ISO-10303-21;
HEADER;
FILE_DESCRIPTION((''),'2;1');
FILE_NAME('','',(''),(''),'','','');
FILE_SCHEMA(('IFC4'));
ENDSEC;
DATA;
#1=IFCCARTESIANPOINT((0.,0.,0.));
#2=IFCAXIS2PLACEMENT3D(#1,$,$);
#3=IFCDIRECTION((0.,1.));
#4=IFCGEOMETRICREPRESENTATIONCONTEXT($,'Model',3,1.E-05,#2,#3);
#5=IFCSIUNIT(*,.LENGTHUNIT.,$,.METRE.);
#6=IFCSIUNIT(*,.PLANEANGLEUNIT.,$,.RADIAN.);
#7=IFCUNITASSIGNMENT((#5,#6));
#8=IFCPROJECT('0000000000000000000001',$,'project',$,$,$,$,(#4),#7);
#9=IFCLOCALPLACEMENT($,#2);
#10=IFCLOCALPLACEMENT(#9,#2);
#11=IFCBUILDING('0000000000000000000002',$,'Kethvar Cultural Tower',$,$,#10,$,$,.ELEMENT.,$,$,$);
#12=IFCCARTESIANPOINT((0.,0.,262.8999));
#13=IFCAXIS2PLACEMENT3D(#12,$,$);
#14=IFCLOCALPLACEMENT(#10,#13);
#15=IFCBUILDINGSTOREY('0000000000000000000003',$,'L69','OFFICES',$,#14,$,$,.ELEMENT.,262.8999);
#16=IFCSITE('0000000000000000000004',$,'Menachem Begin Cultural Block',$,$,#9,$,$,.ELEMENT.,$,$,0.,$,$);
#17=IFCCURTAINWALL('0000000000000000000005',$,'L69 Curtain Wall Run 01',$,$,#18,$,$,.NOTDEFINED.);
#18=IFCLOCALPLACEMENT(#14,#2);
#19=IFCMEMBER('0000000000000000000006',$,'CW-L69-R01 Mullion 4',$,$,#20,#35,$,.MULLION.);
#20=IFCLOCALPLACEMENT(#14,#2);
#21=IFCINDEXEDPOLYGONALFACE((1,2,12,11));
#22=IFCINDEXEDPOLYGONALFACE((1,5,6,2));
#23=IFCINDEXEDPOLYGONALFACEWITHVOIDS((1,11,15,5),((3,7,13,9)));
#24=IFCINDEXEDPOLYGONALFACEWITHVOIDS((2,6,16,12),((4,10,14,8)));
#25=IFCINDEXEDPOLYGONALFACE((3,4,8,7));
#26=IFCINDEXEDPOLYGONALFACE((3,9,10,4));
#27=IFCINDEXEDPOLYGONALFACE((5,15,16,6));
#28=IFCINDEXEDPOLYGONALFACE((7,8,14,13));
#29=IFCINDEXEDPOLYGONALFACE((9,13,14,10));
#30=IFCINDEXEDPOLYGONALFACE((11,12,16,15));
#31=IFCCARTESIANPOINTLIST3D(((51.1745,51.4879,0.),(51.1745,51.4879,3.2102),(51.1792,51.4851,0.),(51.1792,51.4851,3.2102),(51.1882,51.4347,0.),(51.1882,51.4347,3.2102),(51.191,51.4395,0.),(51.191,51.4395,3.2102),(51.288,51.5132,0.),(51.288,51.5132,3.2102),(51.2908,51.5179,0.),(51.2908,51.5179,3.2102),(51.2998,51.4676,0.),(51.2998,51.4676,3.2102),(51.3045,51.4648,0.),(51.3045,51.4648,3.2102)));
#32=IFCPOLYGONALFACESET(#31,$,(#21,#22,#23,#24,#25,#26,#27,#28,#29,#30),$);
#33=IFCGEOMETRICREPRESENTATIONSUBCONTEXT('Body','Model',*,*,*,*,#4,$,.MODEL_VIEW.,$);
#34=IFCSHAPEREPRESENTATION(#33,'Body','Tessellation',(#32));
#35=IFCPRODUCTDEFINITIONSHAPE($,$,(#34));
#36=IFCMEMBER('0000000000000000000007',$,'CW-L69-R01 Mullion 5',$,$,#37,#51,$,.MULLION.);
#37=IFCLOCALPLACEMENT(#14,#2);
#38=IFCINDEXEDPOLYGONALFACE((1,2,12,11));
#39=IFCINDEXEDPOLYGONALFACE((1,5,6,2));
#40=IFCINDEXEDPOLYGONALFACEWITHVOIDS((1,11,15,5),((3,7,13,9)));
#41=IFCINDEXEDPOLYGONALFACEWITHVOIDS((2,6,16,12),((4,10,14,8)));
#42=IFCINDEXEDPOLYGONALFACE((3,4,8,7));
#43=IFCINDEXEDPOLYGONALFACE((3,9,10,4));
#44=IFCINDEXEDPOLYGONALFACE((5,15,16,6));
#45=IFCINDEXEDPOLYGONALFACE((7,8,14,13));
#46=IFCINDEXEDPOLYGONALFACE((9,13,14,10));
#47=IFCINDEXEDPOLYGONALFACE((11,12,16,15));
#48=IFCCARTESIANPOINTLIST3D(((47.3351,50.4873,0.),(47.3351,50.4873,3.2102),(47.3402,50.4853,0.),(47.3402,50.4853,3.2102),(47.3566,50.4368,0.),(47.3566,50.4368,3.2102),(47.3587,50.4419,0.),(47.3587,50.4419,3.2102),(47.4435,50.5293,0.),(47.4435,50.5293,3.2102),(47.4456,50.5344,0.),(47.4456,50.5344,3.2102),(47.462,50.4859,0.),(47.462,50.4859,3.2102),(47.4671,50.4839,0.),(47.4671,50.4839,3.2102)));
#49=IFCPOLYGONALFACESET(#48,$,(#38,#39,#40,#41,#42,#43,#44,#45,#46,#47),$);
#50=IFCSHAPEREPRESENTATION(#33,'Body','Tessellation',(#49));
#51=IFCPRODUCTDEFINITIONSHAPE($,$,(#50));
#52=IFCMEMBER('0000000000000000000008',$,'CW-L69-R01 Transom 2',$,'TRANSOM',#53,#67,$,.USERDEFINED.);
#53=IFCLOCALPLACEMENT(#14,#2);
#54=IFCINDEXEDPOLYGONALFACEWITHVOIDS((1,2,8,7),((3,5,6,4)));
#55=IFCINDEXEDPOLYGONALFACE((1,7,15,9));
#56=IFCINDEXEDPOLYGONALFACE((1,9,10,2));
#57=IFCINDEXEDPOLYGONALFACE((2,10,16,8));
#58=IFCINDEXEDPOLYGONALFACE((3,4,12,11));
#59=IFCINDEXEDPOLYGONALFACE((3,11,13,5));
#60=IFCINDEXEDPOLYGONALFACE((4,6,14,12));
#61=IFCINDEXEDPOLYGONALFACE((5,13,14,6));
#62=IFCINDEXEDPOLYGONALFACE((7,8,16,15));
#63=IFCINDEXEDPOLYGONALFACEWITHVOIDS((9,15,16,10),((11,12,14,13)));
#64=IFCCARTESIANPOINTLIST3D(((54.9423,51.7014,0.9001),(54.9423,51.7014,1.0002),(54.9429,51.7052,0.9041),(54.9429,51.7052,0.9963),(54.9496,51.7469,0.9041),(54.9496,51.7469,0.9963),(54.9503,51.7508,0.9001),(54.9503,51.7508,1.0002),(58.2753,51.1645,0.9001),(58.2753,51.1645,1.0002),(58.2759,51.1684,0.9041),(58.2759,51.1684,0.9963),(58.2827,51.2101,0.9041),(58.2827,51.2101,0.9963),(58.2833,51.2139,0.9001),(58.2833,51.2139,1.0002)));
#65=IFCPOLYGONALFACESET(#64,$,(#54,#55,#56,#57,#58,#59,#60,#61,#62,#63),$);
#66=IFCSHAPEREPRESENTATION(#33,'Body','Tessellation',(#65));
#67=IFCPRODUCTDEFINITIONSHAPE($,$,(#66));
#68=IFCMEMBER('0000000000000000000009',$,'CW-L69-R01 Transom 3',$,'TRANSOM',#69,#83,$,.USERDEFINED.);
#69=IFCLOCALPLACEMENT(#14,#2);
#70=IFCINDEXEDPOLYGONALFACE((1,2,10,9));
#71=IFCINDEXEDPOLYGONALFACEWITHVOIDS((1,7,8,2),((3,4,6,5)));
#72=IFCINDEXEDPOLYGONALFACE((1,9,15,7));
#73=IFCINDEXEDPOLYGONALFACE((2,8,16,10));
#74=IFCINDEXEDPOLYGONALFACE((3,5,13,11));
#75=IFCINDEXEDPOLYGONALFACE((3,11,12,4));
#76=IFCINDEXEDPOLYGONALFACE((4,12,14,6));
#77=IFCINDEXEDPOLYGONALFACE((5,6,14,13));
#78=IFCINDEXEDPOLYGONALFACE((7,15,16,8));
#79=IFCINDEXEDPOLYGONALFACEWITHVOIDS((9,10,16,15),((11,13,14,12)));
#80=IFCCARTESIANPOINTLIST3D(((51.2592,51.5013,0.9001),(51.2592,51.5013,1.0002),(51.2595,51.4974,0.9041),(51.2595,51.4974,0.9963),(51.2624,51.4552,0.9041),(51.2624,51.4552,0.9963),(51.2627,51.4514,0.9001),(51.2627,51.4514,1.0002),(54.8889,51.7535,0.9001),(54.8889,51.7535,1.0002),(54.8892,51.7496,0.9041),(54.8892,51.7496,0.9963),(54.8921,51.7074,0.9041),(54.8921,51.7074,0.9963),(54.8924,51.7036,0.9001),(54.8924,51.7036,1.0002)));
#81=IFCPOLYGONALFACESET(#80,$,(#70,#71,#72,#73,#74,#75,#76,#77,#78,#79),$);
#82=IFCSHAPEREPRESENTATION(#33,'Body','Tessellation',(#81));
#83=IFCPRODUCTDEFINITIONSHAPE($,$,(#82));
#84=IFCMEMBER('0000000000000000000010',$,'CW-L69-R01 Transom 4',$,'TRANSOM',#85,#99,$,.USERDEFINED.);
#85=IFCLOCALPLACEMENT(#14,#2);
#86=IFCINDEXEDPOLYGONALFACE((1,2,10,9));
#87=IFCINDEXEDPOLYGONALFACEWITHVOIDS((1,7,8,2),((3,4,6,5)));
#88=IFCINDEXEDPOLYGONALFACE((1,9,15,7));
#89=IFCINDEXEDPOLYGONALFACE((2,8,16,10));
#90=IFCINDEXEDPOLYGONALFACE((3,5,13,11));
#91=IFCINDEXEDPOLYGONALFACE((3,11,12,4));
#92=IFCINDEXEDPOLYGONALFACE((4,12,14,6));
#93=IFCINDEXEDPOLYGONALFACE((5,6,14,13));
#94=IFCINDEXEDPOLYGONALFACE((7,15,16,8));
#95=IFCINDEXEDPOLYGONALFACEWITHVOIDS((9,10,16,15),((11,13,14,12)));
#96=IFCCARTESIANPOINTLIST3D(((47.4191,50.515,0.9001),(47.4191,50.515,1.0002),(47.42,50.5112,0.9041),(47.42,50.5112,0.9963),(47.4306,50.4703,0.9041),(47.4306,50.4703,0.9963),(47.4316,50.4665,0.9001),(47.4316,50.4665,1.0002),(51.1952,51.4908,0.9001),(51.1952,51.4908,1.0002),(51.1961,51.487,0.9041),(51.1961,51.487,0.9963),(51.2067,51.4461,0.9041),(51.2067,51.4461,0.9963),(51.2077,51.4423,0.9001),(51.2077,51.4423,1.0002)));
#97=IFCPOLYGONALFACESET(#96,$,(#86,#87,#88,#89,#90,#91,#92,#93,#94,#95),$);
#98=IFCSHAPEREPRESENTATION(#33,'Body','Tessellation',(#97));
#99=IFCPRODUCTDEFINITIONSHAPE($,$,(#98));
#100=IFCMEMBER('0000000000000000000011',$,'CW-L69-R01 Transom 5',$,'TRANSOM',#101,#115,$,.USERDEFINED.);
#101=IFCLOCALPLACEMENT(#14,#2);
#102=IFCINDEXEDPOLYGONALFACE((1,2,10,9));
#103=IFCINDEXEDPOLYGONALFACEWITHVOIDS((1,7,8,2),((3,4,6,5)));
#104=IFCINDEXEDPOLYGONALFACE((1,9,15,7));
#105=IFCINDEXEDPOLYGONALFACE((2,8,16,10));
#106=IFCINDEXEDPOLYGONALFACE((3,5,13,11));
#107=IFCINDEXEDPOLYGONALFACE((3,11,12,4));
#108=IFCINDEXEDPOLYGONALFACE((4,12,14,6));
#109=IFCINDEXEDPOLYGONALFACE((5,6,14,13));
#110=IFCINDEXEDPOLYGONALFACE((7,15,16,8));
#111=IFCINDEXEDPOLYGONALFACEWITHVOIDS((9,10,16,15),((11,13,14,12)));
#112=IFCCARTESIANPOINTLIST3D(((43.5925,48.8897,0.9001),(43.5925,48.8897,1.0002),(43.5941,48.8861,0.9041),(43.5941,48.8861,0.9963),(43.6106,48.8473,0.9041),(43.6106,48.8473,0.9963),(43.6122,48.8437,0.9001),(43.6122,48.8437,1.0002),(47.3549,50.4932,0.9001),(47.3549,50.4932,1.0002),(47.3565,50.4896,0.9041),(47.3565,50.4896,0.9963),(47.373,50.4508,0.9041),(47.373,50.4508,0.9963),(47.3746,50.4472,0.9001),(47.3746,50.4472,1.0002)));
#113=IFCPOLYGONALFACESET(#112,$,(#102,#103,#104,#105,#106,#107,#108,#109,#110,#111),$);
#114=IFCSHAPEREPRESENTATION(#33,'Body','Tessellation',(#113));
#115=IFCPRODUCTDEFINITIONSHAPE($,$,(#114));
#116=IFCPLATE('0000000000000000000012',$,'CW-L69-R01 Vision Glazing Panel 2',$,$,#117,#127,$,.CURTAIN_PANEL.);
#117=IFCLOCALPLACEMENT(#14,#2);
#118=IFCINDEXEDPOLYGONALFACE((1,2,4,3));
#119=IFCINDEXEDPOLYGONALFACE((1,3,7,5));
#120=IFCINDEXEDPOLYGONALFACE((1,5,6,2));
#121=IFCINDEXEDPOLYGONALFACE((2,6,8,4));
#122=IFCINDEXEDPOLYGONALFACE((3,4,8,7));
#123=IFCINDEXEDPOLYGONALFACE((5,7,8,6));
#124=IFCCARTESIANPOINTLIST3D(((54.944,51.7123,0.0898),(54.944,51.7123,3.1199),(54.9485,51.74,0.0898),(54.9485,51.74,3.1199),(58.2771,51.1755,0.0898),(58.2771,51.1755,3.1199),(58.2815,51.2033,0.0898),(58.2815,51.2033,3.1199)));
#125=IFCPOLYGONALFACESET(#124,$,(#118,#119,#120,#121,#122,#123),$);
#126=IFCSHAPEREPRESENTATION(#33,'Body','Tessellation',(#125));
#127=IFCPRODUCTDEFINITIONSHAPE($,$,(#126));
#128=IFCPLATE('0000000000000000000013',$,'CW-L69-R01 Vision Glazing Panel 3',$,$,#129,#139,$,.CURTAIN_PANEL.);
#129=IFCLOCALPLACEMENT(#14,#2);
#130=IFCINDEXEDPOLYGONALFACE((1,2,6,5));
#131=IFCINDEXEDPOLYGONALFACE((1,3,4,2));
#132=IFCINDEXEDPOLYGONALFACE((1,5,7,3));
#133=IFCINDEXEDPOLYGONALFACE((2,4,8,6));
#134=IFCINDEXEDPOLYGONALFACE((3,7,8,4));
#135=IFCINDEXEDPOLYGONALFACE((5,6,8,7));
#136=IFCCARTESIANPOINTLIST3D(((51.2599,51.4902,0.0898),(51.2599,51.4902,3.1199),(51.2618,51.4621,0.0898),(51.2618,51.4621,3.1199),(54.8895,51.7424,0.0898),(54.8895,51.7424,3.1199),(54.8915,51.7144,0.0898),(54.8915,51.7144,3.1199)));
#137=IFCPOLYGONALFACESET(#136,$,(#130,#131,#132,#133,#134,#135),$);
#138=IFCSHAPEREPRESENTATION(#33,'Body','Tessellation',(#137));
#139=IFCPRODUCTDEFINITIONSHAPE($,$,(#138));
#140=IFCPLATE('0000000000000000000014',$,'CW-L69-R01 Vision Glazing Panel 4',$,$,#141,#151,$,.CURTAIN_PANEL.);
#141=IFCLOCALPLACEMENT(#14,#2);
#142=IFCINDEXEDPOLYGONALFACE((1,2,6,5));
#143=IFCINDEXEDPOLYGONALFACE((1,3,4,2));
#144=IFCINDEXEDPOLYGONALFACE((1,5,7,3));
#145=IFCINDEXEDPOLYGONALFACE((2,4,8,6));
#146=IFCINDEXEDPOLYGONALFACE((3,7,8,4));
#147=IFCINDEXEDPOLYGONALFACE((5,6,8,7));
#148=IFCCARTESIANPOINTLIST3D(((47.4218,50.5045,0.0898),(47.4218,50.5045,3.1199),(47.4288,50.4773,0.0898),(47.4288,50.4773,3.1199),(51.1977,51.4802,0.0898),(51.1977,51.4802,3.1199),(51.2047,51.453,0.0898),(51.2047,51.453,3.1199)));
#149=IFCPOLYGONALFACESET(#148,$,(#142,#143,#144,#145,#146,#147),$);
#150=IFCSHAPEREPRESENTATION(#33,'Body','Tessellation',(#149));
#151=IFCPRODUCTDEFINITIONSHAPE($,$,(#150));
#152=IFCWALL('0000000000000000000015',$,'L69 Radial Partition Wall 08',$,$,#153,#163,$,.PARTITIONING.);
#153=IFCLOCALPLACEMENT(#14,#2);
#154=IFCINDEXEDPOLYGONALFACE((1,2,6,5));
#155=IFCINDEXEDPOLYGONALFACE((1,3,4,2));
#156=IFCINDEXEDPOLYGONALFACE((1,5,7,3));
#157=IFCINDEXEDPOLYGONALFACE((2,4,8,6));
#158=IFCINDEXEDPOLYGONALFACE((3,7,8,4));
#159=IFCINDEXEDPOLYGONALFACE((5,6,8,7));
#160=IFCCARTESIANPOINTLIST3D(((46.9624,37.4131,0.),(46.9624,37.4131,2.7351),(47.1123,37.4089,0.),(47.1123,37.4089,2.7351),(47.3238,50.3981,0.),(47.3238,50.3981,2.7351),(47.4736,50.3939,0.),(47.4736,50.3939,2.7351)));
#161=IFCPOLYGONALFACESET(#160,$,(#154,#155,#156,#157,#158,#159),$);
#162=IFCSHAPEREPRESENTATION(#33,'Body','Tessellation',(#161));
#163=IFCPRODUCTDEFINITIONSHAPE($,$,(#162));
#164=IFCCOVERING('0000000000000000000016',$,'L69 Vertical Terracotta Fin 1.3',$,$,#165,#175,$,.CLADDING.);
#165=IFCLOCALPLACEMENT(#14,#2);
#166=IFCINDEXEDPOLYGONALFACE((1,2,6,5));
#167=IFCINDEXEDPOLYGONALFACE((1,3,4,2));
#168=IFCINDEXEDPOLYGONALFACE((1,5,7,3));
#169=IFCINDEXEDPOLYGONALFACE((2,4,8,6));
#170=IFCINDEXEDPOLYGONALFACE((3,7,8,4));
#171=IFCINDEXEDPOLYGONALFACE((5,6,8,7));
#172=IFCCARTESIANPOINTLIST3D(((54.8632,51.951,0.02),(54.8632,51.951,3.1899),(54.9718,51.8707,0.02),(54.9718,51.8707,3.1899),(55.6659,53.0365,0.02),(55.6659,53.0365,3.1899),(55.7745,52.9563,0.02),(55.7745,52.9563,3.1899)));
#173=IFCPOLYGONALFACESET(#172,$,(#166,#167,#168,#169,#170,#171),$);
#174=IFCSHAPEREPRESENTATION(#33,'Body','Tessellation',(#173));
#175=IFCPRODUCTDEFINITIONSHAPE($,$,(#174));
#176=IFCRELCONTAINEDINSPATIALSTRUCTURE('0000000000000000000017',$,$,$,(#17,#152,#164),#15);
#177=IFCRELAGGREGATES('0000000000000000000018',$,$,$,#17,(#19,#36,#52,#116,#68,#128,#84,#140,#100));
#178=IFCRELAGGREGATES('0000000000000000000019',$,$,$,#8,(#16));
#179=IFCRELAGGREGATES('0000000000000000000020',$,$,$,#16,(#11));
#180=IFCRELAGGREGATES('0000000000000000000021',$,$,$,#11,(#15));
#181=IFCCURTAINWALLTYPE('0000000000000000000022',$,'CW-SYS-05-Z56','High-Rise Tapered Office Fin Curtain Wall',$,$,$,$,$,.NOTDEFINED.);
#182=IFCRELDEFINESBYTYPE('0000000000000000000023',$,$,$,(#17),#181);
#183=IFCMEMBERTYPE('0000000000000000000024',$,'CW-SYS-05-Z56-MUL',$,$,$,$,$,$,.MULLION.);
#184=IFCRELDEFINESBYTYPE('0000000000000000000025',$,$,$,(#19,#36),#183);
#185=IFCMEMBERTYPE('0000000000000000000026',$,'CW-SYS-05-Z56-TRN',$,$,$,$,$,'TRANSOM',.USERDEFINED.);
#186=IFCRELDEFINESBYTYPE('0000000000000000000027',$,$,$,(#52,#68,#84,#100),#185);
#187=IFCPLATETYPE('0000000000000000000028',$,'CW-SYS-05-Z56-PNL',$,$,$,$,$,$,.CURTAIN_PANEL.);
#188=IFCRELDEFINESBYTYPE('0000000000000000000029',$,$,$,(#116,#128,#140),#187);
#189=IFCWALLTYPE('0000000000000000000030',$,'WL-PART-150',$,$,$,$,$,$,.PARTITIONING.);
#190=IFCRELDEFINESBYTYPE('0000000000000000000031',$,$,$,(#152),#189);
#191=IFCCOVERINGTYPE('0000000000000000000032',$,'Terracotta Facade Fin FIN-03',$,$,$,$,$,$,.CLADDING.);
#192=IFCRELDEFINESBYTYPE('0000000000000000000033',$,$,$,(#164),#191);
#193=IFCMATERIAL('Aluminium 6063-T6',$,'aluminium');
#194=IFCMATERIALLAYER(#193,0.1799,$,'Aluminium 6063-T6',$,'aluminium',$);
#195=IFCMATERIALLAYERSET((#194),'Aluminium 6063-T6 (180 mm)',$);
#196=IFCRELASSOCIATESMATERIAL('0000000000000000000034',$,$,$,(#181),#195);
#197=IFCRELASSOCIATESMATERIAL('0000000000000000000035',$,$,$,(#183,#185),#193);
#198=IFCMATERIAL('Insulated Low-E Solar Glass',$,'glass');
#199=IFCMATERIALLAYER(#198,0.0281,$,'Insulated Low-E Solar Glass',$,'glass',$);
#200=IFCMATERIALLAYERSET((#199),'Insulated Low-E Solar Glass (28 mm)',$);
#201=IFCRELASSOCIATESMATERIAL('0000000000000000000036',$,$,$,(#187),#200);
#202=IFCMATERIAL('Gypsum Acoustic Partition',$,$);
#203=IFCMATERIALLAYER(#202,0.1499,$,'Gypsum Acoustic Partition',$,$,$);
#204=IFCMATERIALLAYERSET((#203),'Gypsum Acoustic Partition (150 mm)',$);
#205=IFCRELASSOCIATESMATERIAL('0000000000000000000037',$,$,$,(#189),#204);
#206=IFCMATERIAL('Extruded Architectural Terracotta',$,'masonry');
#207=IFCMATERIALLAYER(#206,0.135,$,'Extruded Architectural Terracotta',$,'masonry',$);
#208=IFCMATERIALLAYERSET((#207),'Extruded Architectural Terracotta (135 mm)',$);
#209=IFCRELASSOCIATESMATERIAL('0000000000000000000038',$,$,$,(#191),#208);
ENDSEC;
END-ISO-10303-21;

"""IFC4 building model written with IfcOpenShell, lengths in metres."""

from ifc_helpers import new_model, si_unit, direction, frame, frame_2d, origin, origin_2d, place, context, subcontext, project, spatial, rectangle, hollow_rectangle, extrude, source, transform, mapped, material, layer, layer_set, material_profile, profile_set, type_object, element, aggregate, save


model = new_model("IFC4")

# Units and contexts
model_context = context("Model", 3, precision=1e-05, world=origin(), true_north=direction((0.0, 1.0)))
body_context = subcontext(model_context, "Body", "Model", "MODEL_VIEW")
ifc_project = project(units=[si_unit("LENGTHUNIT", "METRE"), si_unit("PLANEANGLEUNIT", "RADIAN")], contexts=[model_context])

# Site, building, storey
site_placement = place(None, origin())
site = spatial("IfcSite", under=ifc_project, at=site_placement, Name="Menachem Begin Cultural Block", CompositionType="ELEMENT", RefElevation=0.0)
building_placement = place(site_placement, origin())
building = spatial("IfcBuilding", under=site, at=building_placement, Name="Kethvar Cultural Tower", CompositionType="ELEMENT")
storey_placement = place(building_placement, frame((0.0, 0.0, 262.8999)))
storey = spatial("IfcBuildingStorey", under=building, at=storey_placement, Name="L69", Description="OFFICES", CompositionType="ELEMENT", Elevation=262.8999)

# Curtain wall, members, plates
ifc_material_1 = material(Name="Aluminium 6063-T6", Category="aluminium")
ifc_layer_1 = layer(ifc_material_1, 0.1799, Name="Aluminium 6063-T6", Category="aluminium")
ifc_layer_set_1 = layer_set([ifc_layer_1], Name="Aluminium 6063-T6 (180 mm)")
curtain_wall_type = type_object("IfcCurtainWallType", Name="CW-SYS-05-Z56", Description="High-Rise Tapered Office Fin Curtain Wall", PredefinedType="NOTDEFINED", material=ifc_layer_set_1)
curtain_wall_placement = place(storey_placement, origin())
curtain_wall = element("IfcCurtainWall", 1, at=curtain_wall_placement, inside=storey, type_object=curtain_wall_type, Name="L69 Curtain Wall Run 01", PredefinedType="NOTDEFINED")
ifc_material_profile_1 = material_profile(ifc_material_1, hollow_rectangle(XDim=0.0549, YDim=0.1201, WallThickness=0.0039, at=origin_2d()), Name="Aluminium 6063-T6 — RHS120x55x4")
ifc_profile_set_1 = profile_set([ifc_material_profile_1], Name="Aluminium 6063-T6 — RHS120x55x4")
member_type_1 = type_object("IfcMemberType", Name="CW-SYS-05-Z56-MUL", PredefinedType="MULLION", material=ifc_profile_set_1)
shared_shape_1 = source(origin(), body_context, "Body", "SweptSolid", [
    extrude(hollow_rectangle(XDim=0.0549, YDim=0.1201, WallThickness=0.0039, at=origin_2d()), origin(), (0.0, 0.0, 1.0), 3.2102),
])
member_1_placement = place(storey_placement, frame((51.2395, 51.4763, 0.0), z_axis=(0.0, 0.0, 1.0), x_axis=(0.250177, -0.9682, 0.0)))
member_1 = element("IfcMember", 2, at=member_1_placement, type_object=member_type_1, Name="CW-L69-R01 Mullion 4", PredefinedType="MULLION", context=body_context, shape_type="MappedRepresentation", body=[
    mapped(shared_shape_1, transform((0.0, 0.0, 0.0), scale=1.0)),
])
member_2_placement = place(storey_placement, frame((47.4011, 50.4856, 0.0), z_axis=(0.0, 0.0, 1.0), x_axis=(0.392096, -0.919924, 0.0)))
member_2 = element("IfcMember", 3, at=member_2_placement, type_object=member_type_1, Name="CW-L69-R01 Mullion 5", PredefinedType="MULLION", context=body_context, shape_type="MappedRepresentation", body=[
    mapped(shared_shape_1, transform((0.0, 0.0, 0.0), scale=1.0)),
])
ifc_material_profile_2 = material_profile(ifc_material_1, hollow_rectangle(XDim=0.05, YDim=0.1001, WallThickness=0.0039, at=origin_2d()), Name="Aluminium 6063-T6 — RHS100x50x4")
ifc_profile_set_2 = profile_set([ifc_material_profile_2], Name="Aluminium 6063-T6 — RHS100x50x4")
member_type_2 = type_object("IfcMemberType", Name="CW-SYS-05-Z56-TRN", ElementType="TRANSOM", PredefinedType="USERDEFINED", material=ifc_profile_set_2)
shared_shape_2 = source(origin(), body_context, "Body", "SweptSolid", [
    extrude(hollow_rectangle(XDim=0.05, YDim=0.1001, WallThickness=0.0039, at=origin_2d()), origin(), (0.0, 0.0, 1.0), 3.376),
])
member_3_placement = place(storey_placement, frame((58.2793, 51.1892, 0.9502), z_axis=(-0.987274, 0.159026, 0.0), x_axis=(-0.159026, -0.987274, 0.0)))
member_3 = element("IfcMember", 4, at=member_3_placement, type_object=member_type_2, Name="CW-L69-R01 Transom 2", ObjectType="TRANSOM", PredefinedType="USERDEFINED", context=body_context, shape_type="MappedRepresentation", body=[
    mapped(shared_shape_2, transform((0.0, 0.0, 0.0), scale=1.0)),
])
shared_shape_3 = source(origin(), body_context, "Body", "SweptSolid", [
    extrude(hollow_rectangle(XDim=0.05, YDim=0.1001, WallThickness=0.0039, at=origin_2d()), origin(), (0.0, 0.0, 1.0), 3.6384),
])
member_4_placement = place(storey_placement, frame((54.8906, 51.7285, 0.9502), z_axis=(-0.997595, -0.069316, 0.0), x_axis=(0.069316, -0.997595, 0.0)))
member_4 = element("IfcMember", 5, at=member_4_placement, type_object=member_type_2, Name="CW-L69-R01 Transom 3", ObjectType="TRANSOM", PredefinedType="USERDEFINED", context=body_context, shape_type="MappedRepresentation", body=[
    mapped(shared_shape_3, transform((0.0, 0.0, 0.0), scale=1.0)),
])
shared_shape_4 = source(origin(), body_context, "Body", "SweptSolid", [
    extrude(hollow_rectangle(XDim=0.05, YDim=0.1001, WallThickness=0.0039, at=origin_2d()), origin(), (0.0, 0.0, 1.0), 3.9001),
])
member_5_placement = place(storey_placement, frame((51.2014, 51.4666, 0.9502), z_axis=(-0.968194, -0.250202, 0.0), x_axis=(0.250202, -0.968194, 0.0)))
member_5 = element("IfcMember", 6, at=member_5_placement, type_object=member_type_2, Name="CW-L69-R01 Transom 4", ObjectType="TRANSOM", PredefinedType="USERDEFINED", context=body_context, shape_type="MappedRepresentation", body=[
    mapped(shared_shape_4, transform((0.0, 0.0, 0.0), scale=1.0)),
])
shared_shape_5 = source(origin(), body_context, "Body", "SweptSolid", [
    extrude(hollow_rectangle(XDim=0.05, YDim=0.1001, WallThickness=0.0039, at=origin_2d()), origin(), (0.0, 0.0, 1.0), 4.0898),
])
member_6_placement = place(storey_placement, frame((47.3647, 50.4702, 0.9502), z_axis=(-0.919937, -0.392067, 0.0), x_axis=(0.392067, -0.919937, 0.0)))
member_6 = element("IfcMember", 7, at=member_6_placement, type_object=member_type_2, Name="CW-L69-R01 Transom 5", ObjectType="TRANSOM", PredefinedType="USERDEFINED", context=body_context, shape_type="MappedRepresentation", body=[
    mapped(shared_shape_5, transform((0.0, 0.0, 0.0), scale=1.0)),
])
ifc_material_2 = material(Name="Insulated Low-E Solar Glass", Category="glass")
ifc_layer_2 = layer(ifc_material_2, 0.0281, Name="Insulated Low-E Solar Glass", Category="glass")
ifc_layer_set_2 = layer_set([ifc_layer_2], Name="Insulated Low-E Solar Glass (28 mm)")
plate_type = type_object("IfcPlateType", Name="CW-SYS-05-Z56-PNL", PredefinedType="CURTAIN_PANEL", material=ifc_layer_set_2)
shared_shape_6 = source(origin(), body_context, "Body", "SweptSolid", [
    extrude(rectangle(XDim=3.376, YDim=0.0281, at=origin_2d()), origin(), (0.0, 0.0, 1.0), 3.03),
])
plate_1_placement = place(storey_placement, frame((56.6128, 51.4578, 0.0898), z_axis=(0.0, 0.0, 1.0), x_axis=(-0.987281, 0.158985, 0.0)))
plate_1 = element("IfcPlate", 8, at=plate_1_placement, type_object=plate_type, Name="CW-L69-R01 Vision Glazing Panel 2", PredefinedType="CURTAIN_PANEL", context=body_context, shape_type="MappedRepresentation", body=[
    mapped(shared_shape_6, transform((0.0, 0.0, 0.0), scale=1.0)),
])
shared_shape_7 = source(origin(), body_context, "Body", "SweptSolid", [
    extrude(rectangle(XDim=3.6384, YDim=0.0281, at=origin_2d()), origin(), (0.0, 0.0, 1.0), 3.03),
])
plate_2_placement = place(storey_placement, frame((53.0757, 51.6023, 0.0898), z_axis=(0.0, 0.0, 1.0), x_axis=(-0.997593, -0.069339, 0.0)))
plate_2 = element("IfcPlate", 9, at=plate_2_placement, type_object=plate_type, Name="CW-L69-R01 Vision Glazing Panel 3", PredefinedType="CURTAIN_PANEL", context=body_context, shape_type="MappedRepresentation", body=[
    mapped(shared_shape_7, transform((0.0, 0.0, 0.0), scale=1.0)),
])
shared_shape_8 = source(origin(), body_context, "Body", "SweptSolid", [
    extrude(rectangle(XDim=3.8999, YDim=0.0281, at=origin_2d()), origin(), (0.0, 0.0, 1.0), 3.03),
])
plate_3_placement = place(storey_placement, frame((49.3132, 50.9788, 0.0898), z_axis=(0.0, 0.0, 1.0), x_axis=(-0.9682, -0.250177, 0.0)))
plate_3 = element("IfcPlate", 10, at=plate_3_placement, type_object=plate_type, Name="CW-L69-R01 Vision Glazing Panel 4", PredefinedType="CURTAIN_PANEL", context=body_context, shape_type="MappedRepresentation", body=[
    mapped(shared_shape_8, transform((0.0, 0.0, 0.0), scale=1.0)),
])
aggregate(curtain_wall, [member_1, member_2, member_3, plate_1, member_4, plate_2, member_5, plate_3, member_6])

# Wall
ifc_material_3 = material(Name="Gypsum Acoustic Partition")
ifc_layer_3 = layer(ifc_material_3, 0.1499, Name="Gypsum Acoustic Partition")
ifc_layer_set_3 = layer_set([ifc_layer_3], Name="Gypsum Acoustic Partition (150 mm)")
wall_type = type_object("IfcWallType", Name="WL-PART-150", PredefinedType="PARTITIONING", material=ifc_layer_set_3)
wall_placement = place(storey_placement, frame((47.0374, 37.4109, 0.0), z_axis=(0.0, 0.0, 1.0), x_axis=(0.027816, 0.999613, 0.0)))
element("IfcWall", 11, at=wall_placement, inside=storey, type_object=wall_type, Name="L69 Radial Partition Wall 08", PredefinedType="PARTITIONING", context=body_context, shape_type="SweptSolid", body=[
    extrude(rectangle(XDim=12.99, YDim=0.1499, at=frame_2d((6.4951, 0.0))), origin(), (0.0, 0.0, 1.0), 2.7351),
])

# Covering
ifc_material_4 = material(Name="Extruded Architectural Terracotta", Category="masonry")
ifc_layer_4 = layer(ifc_material_4, 0.135, Name="Extruded Architectural Terracotta", Category="masonry")
ifc_layer_set_4 = layer_set([ifc_layer_4], Name="Extruded Architectural Terracotta (135 mm)")
covering_type = type_object("IfcCoveringType", Name="Terracotta Facade Fin FIN-03", PredefinedType="CLADDING", material=ifc_layer_set_4)
shared_shape_9 = source(origin(), body_context, "Body", "SweptSolid", [
    extrude(rectangle(XDim=1.3501, YDim=0.135, at=origin_2d()), origin(), (0.0, 0.0, 1.0), 3.1699),
])
for number, where, z_axis, x_axis, name in (
    (12, (55.3188, 52.4536, 0.02), (0.0, 0.0, 1.0), (0.594542, 0.804064, 0.0), "L69 Vertical Terracotta Fin 1.3"),
):
    element("IfcCovering", number, at=place(storey_placement, frame(where, z_axis=z_axis, x_axis=x_axis)), inside=storey, type_object=covering_type, Name=name, PredefinedType="CLADDING", context=body_context, shape_type="MappedRepresentation", body=[
        mapped(shared_shape_9, transform((0.0, 0.0, 0.0), scale=1.0)),
    ])

save(model, "model.ifc")
